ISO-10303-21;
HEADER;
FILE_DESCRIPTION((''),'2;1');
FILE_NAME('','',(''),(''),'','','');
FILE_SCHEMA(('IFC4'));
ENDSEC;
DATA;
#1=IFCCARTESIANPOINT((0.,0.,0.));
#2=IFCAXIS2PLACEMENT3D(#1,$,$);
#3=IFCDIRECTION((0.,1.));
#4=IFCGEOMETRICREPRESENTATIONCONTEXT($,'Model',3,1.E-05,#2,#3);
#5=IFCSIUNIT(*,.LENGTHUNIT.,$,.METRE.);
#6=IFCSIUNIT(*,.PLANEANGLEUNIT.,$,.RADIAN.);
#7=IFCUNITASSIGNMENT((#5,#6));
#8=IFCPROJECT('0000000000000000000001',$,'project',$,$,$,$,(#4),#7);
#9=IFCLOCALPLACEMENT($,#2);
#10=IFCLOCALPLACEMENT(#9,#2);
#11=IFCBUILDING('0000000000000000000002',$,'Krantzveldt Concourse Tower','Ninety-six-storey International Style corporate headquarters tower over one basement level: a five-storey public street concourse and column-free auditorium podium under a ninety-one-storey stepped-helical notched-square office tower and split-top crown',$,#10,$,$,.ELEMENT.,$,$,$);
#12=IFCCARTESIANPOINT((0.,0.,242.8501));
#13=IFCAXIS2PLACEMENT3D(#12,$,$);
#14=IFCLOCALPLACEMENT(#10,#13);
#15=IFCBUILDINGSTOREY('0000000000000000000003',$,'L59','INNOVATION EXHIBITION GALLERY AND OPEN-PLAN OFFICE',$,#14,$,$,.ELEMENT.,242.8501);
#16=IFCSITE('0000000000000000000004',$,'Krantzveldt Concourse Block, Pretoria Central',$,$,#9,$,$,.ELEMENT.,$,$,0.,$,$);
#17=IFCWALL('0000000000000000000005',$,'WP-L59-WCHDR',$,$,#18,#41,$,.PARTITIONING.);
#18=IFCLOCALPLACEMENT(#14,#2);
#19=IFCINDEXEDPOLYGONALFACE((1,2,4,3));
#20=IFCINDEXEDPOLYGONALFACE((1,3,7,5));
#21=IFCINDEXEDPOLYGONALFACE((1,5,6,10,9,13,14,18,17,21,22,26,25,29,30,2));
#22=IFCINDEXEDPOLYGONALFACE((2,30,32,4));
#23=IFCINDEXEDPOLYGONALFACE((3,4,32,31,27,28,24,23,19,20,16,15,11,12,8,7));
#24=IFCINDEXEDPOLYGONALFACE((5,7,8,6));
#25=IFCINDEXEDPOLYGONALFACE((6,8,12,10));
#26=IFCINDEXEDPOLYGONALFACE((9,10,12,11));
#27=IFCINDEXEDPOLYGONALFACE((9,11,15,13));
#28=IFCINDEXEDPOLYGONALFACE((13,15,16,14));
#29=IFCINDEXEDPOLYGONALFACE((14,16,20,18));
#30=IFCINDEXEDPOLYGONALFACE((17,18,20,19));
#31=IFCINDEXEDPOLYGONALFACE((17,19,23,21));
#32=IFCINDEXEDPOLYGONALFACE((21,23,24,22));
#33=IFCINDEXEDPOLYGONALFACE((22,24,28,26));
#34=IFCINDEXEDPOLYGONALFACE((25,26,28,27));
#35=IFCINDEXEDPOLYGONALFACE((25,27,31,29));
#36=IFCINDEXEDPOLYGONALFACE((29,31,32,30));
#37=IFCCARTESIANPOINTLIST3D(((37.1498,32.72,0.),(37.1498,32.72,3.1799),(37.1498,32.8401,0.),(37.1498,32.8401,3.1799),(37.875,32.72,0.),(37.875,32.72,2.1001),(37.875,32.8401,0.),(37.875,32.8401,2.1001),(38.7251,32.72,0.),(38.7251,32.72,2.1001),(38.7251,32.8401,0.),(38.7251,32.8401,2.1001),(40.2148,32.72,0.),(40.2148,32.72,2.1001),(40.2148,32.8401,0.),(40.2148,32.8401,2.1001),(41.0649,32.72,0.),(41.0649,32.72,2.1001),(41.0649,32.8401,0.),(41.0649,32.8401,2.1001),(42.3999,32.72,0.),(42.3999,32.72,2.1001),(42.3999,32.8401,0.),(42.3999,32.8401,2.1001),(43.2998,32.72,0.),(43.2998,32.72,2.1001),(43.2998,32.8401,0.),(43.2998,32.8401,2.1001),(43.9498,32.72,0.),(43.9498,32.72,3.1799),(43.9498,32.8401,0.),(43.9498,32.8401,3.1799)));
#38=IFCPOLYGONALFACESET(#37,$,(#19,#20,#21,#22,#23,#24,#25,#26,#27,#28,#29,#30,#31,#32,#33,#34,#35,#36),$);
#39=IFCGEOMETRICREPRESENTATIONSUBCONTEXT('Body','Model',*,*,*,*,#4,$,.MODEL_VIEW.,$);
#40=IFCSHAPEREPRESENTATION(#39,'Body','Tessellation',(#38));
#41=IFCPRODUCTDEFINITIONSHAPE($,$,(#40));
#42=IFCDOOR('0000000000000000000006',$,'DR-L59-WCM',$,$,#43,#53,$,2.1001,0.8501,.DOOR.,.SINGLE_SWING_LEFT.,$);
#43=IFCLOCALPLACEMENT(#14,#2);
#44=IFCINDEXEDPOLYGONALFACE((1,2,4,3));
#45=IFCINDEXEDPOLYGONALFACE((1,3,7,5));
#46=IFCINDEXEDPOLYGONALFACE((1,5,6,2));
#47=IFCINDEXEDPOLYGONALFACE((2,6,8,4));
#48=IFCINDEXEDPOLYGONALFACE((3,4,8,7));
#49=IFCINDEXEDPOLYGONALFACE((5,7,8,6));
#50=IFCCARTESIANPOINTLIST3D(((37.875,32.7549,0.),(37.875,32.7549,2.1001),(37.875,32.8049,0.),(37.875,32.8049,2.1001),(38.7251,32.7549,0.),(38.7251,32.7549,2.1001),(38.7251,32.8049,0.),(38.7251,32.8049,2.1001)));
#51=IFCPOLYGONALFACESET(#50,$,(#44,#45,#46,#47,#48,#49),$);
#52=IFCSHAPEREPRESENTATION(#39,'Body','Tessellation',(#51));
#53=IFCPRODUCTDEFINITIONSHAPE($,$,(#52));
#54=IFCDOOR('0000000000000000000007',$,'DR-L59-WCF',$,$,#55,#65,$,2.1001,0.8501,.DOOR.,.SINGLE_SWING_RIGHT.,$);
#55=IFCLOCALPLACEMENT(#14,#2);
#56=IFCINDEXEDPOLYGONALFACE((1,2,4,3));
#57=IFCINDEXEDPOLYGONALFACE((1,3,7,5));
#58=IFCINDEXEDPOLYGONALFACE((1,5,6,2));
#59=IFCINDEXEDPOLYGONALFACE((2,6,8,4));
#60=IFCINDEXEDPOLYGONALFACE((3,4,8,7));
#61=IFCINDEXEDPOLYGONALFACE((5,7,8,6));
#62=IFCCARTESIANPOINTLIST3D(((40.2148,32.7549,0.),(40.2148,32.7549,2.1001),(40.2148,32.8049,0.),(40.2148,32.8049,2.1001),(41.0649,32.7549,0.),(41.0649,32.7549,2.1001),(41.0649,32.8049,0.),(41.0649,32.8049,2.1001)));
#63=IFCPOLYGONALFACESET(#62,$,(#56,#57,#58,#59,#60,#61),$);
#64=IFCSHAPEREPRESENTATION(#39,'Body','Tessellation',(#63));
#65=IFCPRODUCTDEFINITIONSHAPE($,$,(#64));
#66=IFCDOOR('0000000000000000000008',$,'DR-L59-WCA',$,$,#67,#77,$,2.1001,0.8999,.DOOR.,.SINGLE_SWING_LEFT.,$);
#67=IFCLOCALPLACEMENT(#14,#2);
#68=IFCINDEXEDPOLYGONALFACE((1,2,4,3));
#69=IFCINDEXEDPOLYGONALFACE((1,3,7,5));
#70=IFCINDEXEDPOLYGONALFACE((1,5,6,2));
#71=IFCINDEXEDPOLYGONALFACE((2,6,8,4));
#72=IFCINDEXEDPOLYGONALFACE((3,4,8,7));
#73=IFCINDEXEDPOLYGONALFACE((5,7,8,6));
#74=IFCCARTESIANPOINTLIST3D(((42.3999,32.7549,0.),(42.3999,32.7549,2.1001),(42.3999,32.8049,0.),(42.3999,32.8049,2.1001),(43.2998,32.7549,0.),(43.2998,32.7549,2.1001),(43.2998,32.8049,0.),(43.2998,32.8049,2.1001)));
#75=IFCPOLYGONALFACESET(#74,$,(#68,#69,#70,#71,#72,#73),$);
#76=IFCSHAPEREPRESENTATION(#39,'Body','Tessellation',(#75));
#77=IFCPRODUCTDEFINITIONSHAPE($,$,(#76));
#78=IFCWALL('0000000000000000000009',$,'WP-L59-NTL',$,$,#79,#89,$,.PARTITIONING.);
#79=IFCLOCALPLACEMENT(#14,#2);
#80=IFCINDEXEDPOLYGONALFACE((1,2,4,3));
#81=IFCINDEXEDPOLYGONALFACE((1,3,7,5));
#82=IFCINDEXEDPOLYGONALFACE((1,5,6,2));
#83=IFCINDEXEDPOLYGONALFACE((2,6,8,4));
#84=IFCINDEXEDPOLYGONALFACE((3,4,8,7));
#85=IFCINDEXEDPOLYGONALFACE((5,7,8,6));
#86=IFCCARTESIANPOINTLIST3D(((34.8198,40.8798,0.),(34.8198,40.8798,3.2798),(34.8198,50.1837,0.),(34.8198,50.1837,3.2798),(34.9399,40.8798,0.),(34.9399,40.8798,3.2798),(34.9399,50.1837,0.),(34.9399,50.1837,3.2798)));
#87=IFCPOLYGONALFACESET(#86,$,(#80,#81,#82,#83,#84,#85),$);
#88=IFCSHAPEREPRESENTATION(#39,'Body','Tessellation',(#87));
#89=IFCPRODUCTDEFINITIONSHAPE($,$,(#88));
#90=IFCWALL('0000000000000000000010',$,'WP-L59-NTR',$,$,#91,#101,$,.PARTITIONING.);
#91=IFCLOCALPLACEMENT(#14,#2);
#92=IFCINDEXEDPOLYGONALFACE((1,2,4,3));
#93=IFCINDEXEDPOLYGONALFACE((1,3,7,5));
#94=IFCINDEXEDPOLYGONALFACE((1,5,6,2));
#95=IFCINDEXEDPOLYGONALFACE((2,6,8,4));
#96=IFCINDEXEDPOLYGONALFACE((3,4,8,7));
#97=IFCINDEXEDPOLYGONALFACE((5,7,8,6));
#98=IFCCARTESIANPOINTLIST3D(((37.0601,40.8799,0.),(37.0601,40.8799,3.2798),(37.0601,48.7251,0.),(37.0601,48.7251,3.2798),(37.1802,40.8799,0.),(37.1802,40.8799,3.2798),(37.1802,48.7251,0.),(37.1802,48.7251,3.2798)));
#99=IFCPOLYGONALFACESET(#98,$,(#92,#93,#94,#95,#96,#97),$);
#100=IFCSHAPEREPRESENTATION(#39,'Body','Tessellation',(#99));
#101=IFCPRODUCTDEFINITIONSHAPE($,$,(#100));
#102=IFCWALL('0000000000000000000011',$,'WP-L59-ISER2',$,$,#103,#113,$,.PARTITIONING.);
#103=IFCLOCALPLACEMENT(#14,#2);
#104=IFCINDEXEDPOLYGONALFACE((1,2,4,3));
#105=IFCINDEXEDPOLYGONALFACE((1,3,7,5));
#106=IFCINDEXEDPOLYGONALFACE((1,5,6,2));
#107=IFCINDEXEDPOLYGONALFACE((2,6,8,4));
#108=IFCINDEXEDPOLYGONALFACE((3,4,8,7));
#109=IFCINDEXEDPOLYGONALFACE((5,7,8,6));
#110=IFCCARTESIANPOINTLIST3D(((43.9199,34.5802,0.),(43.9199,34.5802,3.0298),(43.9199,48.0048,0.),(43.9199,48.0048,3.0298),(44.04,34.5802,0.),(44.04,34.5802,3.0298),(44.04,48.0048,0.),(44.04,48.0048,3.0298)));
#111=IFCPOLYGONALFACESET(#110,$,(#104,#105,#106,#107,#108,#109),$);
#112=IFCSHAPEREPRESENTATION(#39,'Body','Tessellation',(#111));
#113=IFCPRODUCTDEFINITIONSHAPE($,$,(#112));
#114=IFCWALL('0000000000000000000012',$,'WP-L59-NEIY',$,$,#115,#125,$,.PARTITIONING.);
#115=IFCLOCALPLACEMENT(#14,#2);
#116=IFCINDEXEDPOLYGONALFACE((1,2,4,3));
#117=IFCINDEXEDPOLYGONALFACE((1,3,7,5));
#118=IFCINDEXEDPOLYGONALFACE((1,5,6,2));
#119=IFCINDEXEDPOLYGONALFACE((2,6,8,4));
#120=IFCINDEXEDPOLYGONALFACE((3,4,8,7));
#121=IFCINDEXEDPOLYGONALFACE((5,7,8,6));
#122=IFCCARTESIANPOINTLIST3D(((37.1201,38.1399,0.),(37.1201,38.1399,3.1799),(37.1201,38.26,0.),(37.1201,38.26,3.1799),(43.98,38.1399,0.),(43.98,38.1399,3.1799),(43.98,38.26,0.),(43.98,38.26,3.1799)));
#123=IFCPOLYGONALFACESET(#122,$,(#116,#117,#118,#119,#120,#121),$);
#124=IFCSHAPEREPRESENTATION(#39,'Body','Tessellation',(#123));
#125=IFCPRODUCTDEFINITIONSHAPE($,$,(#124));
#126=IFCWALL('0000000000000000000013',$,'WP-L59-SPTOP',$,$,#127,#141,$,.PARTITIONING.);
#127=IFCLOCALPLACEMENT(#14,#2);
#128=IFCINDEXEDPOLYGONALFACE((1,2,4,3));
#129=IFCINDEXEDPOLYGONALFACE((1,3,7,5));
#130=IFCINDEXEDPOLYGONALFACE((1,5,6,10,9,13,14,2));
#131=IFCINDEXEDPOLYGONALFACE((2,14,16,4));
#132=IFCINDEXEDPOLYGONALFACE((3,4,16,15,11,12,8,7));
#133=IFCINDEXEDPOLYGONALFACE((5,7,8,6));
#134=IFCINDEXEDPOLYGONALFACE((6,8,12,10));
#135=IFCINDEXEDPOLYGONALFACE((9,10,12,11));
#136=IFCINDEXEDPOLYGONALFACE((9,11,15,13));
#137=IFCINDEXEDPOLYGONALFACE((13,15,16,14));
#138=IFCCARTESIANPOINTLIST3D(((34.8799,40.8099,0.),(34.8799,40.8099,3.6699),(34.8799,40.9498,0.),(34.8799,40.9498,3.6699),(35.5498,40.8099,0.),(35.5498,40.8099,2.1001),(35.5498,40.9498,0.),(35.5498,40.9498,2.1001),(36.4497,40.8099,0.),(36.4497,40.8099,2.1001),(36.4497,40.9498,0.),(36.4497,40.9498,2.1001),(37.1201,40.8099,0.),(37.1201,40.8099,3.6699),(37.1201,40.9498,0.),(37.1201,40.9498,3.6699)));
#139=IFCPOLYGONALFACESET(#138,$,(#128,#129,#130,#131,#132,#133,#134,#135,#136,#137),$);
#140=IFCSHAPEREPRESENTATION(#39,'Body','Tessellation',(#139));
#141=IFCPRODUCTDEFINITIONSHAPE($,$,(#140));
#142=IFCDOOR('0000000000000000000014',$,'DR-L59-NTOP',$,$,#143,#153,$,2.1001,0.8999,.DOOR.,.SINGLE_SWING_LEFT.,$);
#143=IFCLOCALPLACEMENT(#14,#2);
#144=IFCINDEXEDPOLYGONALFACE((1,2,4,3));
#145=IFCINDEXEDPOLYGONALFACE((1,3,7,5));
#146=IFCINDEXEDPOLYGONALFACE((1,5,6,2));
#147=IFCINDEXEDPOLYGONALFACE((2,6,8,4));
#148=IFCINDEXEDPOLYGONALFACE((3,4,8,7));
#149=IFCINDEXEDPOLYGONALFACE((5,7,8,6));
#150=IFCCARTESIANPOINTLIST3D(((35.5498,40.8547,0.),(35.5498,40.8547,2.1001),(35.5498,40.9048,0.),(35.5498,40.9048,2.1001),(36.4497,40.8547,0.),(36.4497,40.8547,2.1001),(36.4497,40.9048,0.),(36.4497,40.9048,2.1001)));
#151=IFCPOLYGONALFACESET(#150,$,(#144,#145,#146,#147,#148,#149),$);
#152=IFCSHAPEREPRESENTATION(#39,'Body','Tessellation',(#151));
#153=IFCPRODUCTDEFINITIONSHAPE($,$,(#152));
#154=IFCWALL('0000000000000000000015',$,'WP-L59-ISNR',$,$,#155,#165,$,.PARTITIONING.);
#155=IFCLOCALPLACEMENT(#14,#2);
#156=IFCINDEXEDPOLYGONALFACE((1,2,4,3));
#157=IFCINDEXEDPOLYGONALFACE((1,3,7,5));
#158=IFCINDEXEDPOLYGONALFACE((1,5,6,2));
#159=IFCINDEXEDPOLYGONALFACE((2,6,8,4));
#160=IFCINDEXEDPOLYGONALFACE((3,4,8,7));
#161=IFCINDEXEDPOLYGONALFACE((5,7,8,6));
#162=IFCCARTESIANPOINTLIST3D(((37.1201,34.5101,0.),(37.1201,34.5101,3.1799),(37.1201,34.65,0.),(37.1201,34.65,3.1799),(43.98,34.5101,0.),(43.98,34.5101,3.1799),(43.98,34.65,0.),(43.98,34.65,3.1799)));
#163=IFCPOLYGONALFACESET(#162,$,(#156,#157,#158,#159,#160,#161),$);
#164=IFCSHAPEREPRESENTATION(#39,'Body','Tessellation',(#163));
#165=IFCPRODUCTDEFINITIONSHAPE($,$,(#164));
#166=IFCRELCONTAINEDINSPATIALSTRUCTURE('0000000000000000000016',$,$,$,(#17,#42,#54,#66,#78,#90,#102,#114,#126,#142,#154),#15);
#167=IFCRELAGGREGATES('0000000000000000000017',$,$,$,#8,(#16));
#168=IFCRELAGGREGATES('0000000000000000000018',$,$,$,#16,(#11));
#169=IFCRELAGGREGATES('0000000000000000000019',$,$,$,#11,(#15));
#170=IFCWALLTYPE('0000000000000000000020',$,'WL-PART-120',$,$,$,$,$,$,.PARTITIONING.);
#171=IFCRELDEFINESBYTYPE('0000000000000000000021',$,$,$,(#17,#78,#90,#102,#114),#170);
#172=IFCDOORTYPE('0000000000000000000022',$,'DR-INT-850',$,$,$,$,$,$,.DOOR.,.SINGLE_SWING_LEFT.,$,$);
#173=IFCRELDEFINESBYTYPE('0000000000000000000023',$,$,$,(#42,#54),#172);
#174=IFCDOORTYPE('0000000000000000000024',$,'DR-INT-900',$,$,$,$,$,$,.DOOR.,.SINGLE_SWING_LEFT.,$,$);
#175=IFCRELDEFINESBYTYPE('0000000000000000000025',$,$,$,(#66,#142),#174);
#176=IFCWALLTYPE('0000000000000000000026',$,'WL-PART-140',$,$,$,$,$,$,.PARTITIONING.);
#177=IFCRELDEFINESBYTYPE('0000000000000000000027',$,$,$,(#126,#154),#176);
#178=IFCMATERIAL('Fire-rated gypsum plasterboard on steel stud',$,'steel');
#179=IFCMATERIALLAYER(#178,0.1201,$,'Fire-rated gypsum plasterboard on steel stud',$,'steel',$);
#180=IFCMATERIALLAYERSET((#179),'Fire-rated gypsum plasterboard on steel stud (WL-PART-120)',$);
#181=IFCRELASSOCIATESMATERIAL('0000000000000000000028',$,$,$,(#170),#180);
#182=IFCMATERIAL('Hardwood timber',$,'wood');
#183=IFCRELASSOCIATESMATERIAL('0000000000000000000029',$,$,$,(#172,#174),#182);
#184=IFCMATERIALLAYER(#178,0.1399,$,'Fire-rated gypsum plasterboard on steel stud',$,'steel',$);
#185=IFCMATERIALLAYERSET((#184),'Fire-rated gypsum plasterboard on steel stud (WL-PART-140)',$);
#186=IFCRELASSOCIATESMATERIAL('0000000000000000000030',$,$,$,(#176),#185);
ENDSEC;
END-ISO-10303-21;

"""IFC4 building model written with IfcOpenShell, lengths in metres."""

from ifc_helpers import new_model, si_unit, direction, frame, frame_2d, origin, place, context, subcontext, project, spatial, rectangle, extrude, material, layer, layer_set, type_object, element, fill, save


model = new_model("IFC4")

# Units and contexts
model_context = context("Model", 3, precision=1e-05, world=origin(), true_north=direction((0.0, 1.0)))
body_context = subcontext(model_context, "Body", "Model", "MODEL_VIEW")
ifc_project = project(units=[si_unit("LENGTHUNIT", "METRE"), si_unit("PLANEANGLEUNIT", "RADIAN")], contexts=[model_context])

# Site, building, storey
site_placement = place(None, origin())
site = spatial("IfcSite", under=ifc_project, at=site_placement, Name="Krantzveldt Concourse Block, Pretoria Central", CompositionType="ELEMENT", RefElevation=0.0)
building_placement = place(site_placement, origin())
building = spatial("IfcBuilding", under=site, at=building_placement, Name="Krantzveldt Concourse Tower", Description="Ninety-six-storey International Style corporate headquarters tower over one basement level: a five-storey public street concourse and column-free auditorium podium under a ninety-one-storey stepped-helical notched-square office tower and split-top crown", CompositionType="ELEMENT")
storey_placement = place(building_placement, frame((0.0, 0.0, 242.8501)))
storey = spatial("IfcBuildingStorey", under=building, at=storey_placement, Name="L59", Description="INNOVATION EXHIBITION GALLERY AND OPEN-PLAN OFFICE", CompositionType="ELEMENT", Elevation=242.8501)

# Wall, openings, doors
ifc_material_1 = material(Name="Fire-rated gypsum plasterboard on steel stud", Category="steel")
ifc_layer_1 = layer(ifc_material_1, 0.1201, Name="Fire-rated gypsum plasterboard on steel stud", Category="steel")
ifc_layer_set_1 = layer_set([ifc_layer_1], Name="Fire-rated gypsum plasterboard on steel stud (WL-PART-120)")
wall_type_1 = type_object("IfcWallType", Name="WL-PART-120", PredefinedType="PARTITIONING", material=ifc_layer_set_1)
wall_1_placement = place(storey_placement, frame((37.1499, 32.78, 0.0), z_axis=(0.0, 0.0, 1.0), x_axis=(1.0, 0.0, 0.0)))
wall_1 = element("IfcWall", 1, at=wall_1_placement, inside=storey, type_object=wall_type_1, Name="WP-L59-WCHDR", PredefinedType="PARTITIONING", context=body_context, shape_type="SweptSolid", body=[
    extrude(rectangle(XDim=6.8, YDim=0.1201, at=frame_2d((3.3999, 0.0))), origin(), (0.0, 0.0, 1.0), 3.1799),
])
opening_1_placement = place(wall_1_placement, frame((0.7251, 0.0, 0.0)))
opening_1 = element("IfcOpeningElement", 2, at=opening_1_placement, cuts=wall_1, PredefinedType="OPENING", context=body_context, shape_type="SweptSolid", body=[
    extrude(rectangle(XDim=0.8501, YDim=2.1001, at=frame_2d((0.425, 1.05))), frame((0.0, 0.0701, 0.0), z_axis=(0.0, -1.0, 0.0), x_axis=(1.0, 0.0, 0.0)), (0.0, 0.0, 1.0), 0.1401),
])
opening_2_placement = place(wall_1_placement, frame((3.0649, 0.0, 0.0)))
opening_2 = element("IfcOpeningElement", 3, at=opening_2_placement, cuts=wall_1, PredefinedType="OPENING", context=body_context, shape_type="SweptSolid", body=[
    extrude(rectangle(XDim=0.8501, YDim=2.1001, at=frame_2d((0.425, 1.05))), frame((0.0, 0.0701, 0.0), z_axis=(0.0, -1.0, 0.0), x_axis=(1.0, 0.0, 0.0)), (0.0, 0.0, 1.0), 0.1401),
])
opening_3_placement = place(wall_1_placement, frame((5.25, 0.0, 0.0)))
opening_3 = element("IfcOpeningElement", 4, at=opening_3_placement, cuts=wall_1, PredefinedType="OPENING", context=body_context, shape_type="SweptSolid", body=[
    extrude(rectangle(XDim=0.8999, YDim=2.1001, at=frame_2d((0.45, 1.05))), frame((0.0, 0.0701, 0.0), z_axis=(0.0, -1.0, 0.0), x_axis=(1.0, 0.0, 0.0)), (0.0, 0.0, 1.0), 0.1401),
])
ifc_material_2 = material(Name="Hardwood timber", Category="wood")
door_type_1 = type_object("IfcDoorType", Name="DR-INT-850", OperationType="SINGLE_SWING_LEFT", PredefinedType="DOOR", material=ifc_material_2)
door_1_placement = place(opening_1_placement, origin())
door_1 = element("IfcDoor", 5, at=door_1_placement, inside=storey, type_object=door_type_1, Name="DR-L59-WCM", OperationType="SINGLE_SWING_LEFT", OverallHeight=2.1001, OverallWidth=0.8501, PredefinedType="DOOR", context=body_context, shape_type="SweptSolid", body=[
    extrude(rectangle(XDim=0.8501, YDim=2.1001, at=frame_2d((0.425, 1.05))), frame((0.0, 0.0249, 0.0), z_axis=(0.0, -1.0, 0.0), x_axis=(1.0, 0.0, 0.0)), (0.0, 0.0, 1.0), 0.05),
])
fill(opening_1, door_1)
door_2_placement = place(opening_2_placement, origin())
door_2 = element("IfcDoor", 6, at=door_2_placement, inside=storey, type_object=door_type_1, Name="DR-L59-WCF", OperationType="SINGLE_SWING_RIGHT", OverallHeight=2.1001, OverallWidth=0.8501, PredefinedType="DOOR", context=body_context, shape_type="SweptSolid", body=[
    extrude(rectangle(XDim=0.8501, YDim=2.1001, at=frame_2d((0.425, 1.05))), frame((0.0, 0.0249, 0.0), z_axis=(0.0, -1.0, 0.0), x_axis=(1.0, 0.0, 0.0)), (0.0, 0.0, 1.0), 0.05),
])
fill(opening_2, door_2)
door_type_2 = type_object("IfcDoorType", Name="DR-INT-900", OperationType="SINGLE_SWING_LEFT", PredefinedType="DOOR", material=ifc_material_2)
door_3_placement = place(opening_3_placement, origin())
door_3 = element("IfcDoor", 7, at=door_3_placement, inside=storey, type_object=door_type_2, Name="DR-L59-WCA", OperationType="SINGLE_SWING_LEFT", OverallHeight=2.1001, OverallWidth=0.8999, PredefinedType="DOOR", context=body_context, shape_type="SweptSolid", body=[
    extrude(rectangle(XDim=0.8999, YDim=2.1001, at=frame_2d((0.45, 1.05))), frame((0.0, 0.0249, 0.0), z_axis=(0.0, -1.0, 0.0), x_axis=(1.0, 0.0, 0.0)), (0.0, 0.0, 1.0), 0.05),
])
fill(opening_3, door_3)

# Walls
wall_2_placement = place(storey_placement, frame((34.8799, 40.8799, 0.0), z_axis=(0.0, 0.0, 1.0), x_axis=(0.0, 1.0, 0.0)))
element("IfcWall", 8, at=wall_2_placement, inside=storey, type_object=wall_type_1, Name="WP-L59-NTL", PredefinedType="PARTITIONING", context=body_context, shape_type="SweptSolid", body=[
    extrude(rectangle(XDim=9.304, YDim=0.1201, at=frame_2d((4.6519, 0.0))), origin(), (0.0, 0.0, 1.0), 3.2798),
])
wall_3_placement = place(storey_placement, frame((37.1201, 40.8799, 0.0), z_axis=(0.0, 0.0, 1.0), x_axis=(0.0, 1.0, 0.0)))
element("IfcWall", 9, at=wall_3_placement, inside=storey, type_object=wall_type_1, Name="WP-L59-NTR", PredefinedType="PARTITIONING", context=body_context, shape_type="SweptSolid", body=[
    extrude(rectangle(XDim=7.8452, YDim=0.1201, at=frame_2d((3.9226, 0.0))), origin(), (0.0, 0.0, 1.0), 3.2798),
])
wall_4_placement = place(storey_placement, frame((43.98, 34.5801, 0.0), z_axis=(0.0, 0.0, 1.0), x_axis=(0.0, 1.0, 0.0)))
element("IfcWall", 10, at=wall_4_placement, inside=storey, type_object=wall_type_1, Name="WP-L59-ISER2", PredefinedType="PARTITIONING", context=body_context, shape_type="SweptSolid", body=[
    extrude(rectangle(XDim=13.4246, YDim=0.1201, at=frame_2d((6.7124, 0.0))), origin(), (0.0, 0.0, 1.0), 3.0298),
])
wall_5_placement = place(storey_placement, frame((37.1201, 38.2, 0.0), z_axis=(0.0, 0.0, 1.0), x_axis=(1.0, 0.0, 0.0)))
element("IfcWall", 11, at=wall_5_placement, inside=storey, type_object=wall_type_1, Name="WP-L59-NEIY", PredefinedType="PARTITIONING", context=body_context, shape_type="SweptSolid", body=[
    extrude(rectangle(XDim=6.8599, YDim=0.1201, at=frame_2d((3.4299, 0.0))), origin(), (0.0, 0.0, 1.0), 3.1799),
])

# Wall, opening, door
ifc_layer_2 = layer(ifc_material_1, 0.1399, Name="Fire-rated gypsum plasterboard on steel stud", Category="steel")
ifc_layer_set_2 = layer_set([ifc_layer_2], Name="Fire-rated gypsum plasterboard on steel stud (WL-PART-140)")
wall_type_2 = type_object("IfcWallType", Name="WL-PART-140", PredefinedType="PARTITIONING", material=ifc_layer_set_2)
wall_6_placement = place(storey_placement, frame((34.8799, 40.8799, 0.0), z_axis=(0.0, 0.0, 1.0), x_axis=(1.0, 0.0, 0.0)))
wall_6 = element("IfcWall", 12, at=wall_6_placement, inside=storey, type_object=wall_type_2, Name="WP-L59-SPTOP", PredefinedType="PARTITIONING", context=body_context, shape_type="SweptSolid", body=[
    extrude(rectangle(XDim=2.2402, YDim=0.1399, at=frame_2d((1.1201, 0.0))), origin(), (0.0, 0.0, 1.0), 3.6699),
])
opening_4_placement = place(wall_6_placement, frame((0.6699, 0.0, 0.0)))
opening_4 = element("IfcOpeningElement", 13, at=opening_4_placement, cuts=wall_6, PredefinedType="OPENING", context=body_context, shape_type="SweptSolid", body=[
    extrude(rectangle(XDim=0.8999, YDim=2.1001, at=frame_2d((0.45, 1.05))), frame((0.0, 0.0801, 0.0), z_axis=(0.0, -1.0, 0.0), x_axis=(1.0, 0.0, 0.0)), (0.0, 0.0, 1.0), 0.1599),
])
door_4_placement = place(opening_4_placement, origin())
door_4 = element("IfcDoor", 14, at=door_4_placement, inside=storey, type_object=door_type_2, Name="DR-L59-NTOP", OperationType="SINGLE_SWING_LEFT", OverallHeight=2.1001, OverallWidth=0.8999, PredefinedType="DOOR", context=body_context, shape_type="SweptSolid", body=[
    extrude(rectangle(XDim=0.8999, YDim=2.1001, at=frame_2d((0.45, 1.05))), frame((0.0, 0.0249, 0.0), z_axis=(0.0, -1.0, 0.0), x_axis=(1.0, 0.0, 0.0)), (0.0, 0.0, 1.0), 0.05),
])
fill(opening_4, door_4)

# Wall
wall_7_placement = place(storey_placement, frame((37.1201, 34.5801, 0.0), z_axis=(0.0, 0.0, 1.0), x_axis=(1.0, 0.0, 0.0)))
element("IfcWall", 15, at=wall_7_placement, inside=storey, type_object=wall_type_2, Name="WP-L59-ISNR", PredefinedType="PARTITIONING", context=body_context, shape_type="SweptSolid", body=[
    extrude(rectangle(XDim=6.8599, YDim=0.1399, at=frame_2d((3.4299, 0.0))), origin(), (0.0, 0.0, 1.0), 3.1799),
])

save(model, "model.ifc")
